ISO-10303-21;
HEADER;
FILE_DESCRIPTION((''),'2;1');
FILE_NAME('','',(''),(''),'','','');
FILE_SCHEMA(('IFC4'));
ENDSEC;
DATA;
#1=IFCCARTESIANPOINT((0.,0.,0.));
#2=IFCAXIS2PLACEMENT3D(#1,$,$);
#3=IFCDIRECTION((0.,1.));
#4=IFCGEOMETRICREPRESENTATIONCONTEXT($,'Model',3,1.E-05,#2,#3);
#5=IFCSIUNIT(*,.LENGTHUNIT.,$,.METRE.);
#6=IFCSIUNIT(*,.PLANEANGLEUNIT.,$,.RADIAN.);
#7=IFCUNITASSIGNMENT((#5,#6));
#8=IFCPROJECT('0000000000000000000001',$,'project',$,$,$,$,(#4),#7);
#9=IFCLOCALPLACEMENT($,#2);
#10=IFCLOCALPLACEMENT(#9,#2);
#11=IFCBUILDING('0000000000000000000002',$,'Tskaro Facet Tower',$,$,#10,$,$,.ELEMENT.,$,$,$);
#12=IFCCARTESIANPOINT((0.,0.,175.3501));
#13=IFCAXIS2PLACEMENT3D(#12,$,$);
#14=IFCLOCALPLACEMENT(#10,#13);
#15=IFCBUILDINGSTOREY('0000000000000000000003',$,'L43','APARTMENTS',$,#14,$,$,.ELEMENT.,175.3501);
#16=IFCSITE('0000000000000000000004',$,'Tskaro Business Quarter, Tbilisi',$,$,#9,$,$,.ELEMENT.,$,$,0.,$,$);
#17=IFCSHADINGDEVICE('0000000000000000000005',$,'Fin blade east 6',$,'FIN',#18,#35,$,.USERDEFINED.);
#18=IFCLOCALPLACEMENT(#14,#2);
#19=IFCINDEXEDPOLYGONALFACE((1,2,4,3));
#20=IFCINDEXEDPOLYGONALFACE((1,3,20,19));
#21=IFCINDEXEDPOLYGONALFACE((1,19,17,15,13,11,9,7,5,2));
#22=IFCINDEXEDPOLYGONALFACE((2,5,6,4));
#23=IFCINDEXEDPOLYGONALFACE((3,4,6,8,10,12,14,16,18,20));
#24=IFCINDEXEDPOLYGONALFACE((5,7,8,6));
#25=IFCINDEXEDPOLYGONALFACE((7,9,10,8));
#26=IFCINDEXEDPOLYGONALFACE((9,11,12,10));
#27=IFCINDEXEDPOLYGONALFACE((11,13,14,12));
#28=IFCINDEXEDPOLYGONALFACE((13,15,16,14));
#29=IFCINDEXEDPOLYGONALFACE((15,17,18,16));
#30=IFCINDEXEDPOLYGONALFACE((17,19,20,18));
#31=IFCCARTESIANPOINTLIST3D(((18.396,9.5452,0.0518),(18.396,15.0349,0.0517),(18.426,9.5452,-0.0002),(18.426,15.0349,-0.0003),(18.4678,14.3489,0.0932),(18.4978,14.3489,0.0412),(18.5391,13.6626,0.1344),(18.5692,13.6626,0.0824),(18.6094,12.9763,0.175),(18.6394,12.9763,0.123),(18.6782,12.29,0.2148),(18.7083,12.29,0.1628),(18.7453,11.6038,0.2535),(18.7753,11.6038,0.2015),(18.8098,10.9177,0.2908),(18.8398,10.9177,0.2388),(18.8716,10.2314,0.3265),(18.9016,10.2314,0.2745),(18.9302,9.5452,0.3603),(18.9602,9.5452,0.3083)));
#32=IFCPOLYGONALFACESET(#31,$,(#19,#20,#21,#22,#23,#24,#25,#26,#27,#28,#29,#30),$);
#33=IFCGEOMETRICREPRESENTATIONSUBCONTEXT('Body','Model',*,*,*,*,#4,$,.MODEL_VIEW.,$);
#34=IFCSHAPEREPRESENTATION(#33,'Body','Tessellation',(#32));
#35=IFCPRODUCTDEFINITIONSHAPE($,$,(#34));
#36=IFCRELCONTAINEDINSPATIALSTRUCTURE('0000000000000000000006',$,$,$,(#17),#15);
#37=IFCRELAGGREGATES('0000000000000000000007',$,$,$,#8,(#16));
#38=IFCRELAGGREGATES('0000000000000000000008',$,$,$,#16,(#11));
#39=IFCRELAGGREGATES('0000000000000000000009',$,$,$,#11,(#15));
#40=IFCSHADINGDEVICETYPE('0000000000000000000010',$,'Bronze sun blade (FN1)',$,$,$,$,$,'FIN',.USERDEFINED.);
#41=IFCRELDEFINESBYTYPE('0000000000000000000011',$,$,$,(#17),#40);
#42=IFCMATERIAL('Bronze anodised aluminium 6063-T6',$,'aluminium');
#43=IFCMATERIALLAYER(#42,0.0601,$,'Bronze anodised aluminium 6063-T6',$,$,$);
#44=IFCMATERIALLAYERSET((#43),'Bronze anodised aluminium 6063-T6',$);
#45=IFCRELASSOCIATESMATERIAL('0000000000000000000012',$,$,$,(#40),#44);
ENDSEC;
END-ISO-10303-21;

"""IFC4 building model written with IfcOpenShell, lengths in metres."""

from ifc_helpers import new_model, si_unit, direction, frame, origin, place, context, subcontext, project, spatial, polyline, outline, extrude, material, layer, layer_set, type_object, element, save


model = new_model("IFC4")

# Units and contexts
model_context = context("Model", 3, precision=1e-05, world=origin(), true_north=direction((0.0, 1.0)))
body_context = subcontext(model_context, "Body", "Model", "MODEL_VIEW")
ifc_project = project(units=[si_unit("LENGTHUNIT", "METRE"), si_unit("PLANEANGLEUNIT", "RADIAN")], contexts=[model_context])

# Site, building, storey
site_placement = place(None, origin())
site = spatial("IfcSite", under=ifc_project, at=site_placement, Name="Tskaro Business Quarter, Tbilisi", CompositionType="ELEMENT", RefElevation=0.0)
building_placement = place(site_placement, origin())
building = spatial("IfcBuilding", under=site, at=building_placement, Name="Tskaro Facet Tower", CompositionType="ELEMENT")
storey_placement = place(building_placement, frame((0.0, 0.0, 175.3501)))
storey = spatial("IfcBuildingStorey", under=building, at=storey_placement, Name="L43", Description="APARTMENTS", CompositionType="ELEMENT", Elevation=175.3501)

# Shared definitions
ifc_material_1 = material(Name="Bronze anodised aluminium 6063-T6", Category="aluminium")

# Shading device
ifc_layer_1 = layer(ifc_material_1, 0.0601, Name="Bronze anodised aluminium 6063-T6")
ifc_layer_set_1 = layer_set([ifc_layer_1], Name="Bronze anodised aluminium 6063-T6")
shading_device_type = type_object("IfcShadingDeviceType", Name="Bronze sun blade (FN1)", ElementType="FIN", PredefinedType="USERDEFINED", material=ifc_layer_set_1)
shading_device_1_placement = place(storey_placement, frame((18.396, 9.5452, 0.0518), z_axis=(-0.500201, 0.000002, 0.865909), x_axis=(0.000001, 1.0, -0.000002)))
element("IfcShadingDevice", 1, at=shading_device_1_placement, inside=storey, type_object=shading_device_type, Name="Fin blade east 6", ObjectType="FIN", PredefinedType="USERDEFINED", context=body_context, shape_type="SweptSolid", body=[
    extrude(outline(polyline([(0.0, 0.0), (5.4897, 0.0), (4.8037, -0.0829), (4.1174, -0.1653), (3.4312, -0.2464), (2.7449, -0.326), (2.0586, -0.4034), (1.3726, -0.4779), (0.6863, -0.5492), (0.0, -0.6169), (0.0, 0.0)])), origin(), (0.0, 0.0, -1.0), 0.0601),
])

save(model, "model.ifc")
